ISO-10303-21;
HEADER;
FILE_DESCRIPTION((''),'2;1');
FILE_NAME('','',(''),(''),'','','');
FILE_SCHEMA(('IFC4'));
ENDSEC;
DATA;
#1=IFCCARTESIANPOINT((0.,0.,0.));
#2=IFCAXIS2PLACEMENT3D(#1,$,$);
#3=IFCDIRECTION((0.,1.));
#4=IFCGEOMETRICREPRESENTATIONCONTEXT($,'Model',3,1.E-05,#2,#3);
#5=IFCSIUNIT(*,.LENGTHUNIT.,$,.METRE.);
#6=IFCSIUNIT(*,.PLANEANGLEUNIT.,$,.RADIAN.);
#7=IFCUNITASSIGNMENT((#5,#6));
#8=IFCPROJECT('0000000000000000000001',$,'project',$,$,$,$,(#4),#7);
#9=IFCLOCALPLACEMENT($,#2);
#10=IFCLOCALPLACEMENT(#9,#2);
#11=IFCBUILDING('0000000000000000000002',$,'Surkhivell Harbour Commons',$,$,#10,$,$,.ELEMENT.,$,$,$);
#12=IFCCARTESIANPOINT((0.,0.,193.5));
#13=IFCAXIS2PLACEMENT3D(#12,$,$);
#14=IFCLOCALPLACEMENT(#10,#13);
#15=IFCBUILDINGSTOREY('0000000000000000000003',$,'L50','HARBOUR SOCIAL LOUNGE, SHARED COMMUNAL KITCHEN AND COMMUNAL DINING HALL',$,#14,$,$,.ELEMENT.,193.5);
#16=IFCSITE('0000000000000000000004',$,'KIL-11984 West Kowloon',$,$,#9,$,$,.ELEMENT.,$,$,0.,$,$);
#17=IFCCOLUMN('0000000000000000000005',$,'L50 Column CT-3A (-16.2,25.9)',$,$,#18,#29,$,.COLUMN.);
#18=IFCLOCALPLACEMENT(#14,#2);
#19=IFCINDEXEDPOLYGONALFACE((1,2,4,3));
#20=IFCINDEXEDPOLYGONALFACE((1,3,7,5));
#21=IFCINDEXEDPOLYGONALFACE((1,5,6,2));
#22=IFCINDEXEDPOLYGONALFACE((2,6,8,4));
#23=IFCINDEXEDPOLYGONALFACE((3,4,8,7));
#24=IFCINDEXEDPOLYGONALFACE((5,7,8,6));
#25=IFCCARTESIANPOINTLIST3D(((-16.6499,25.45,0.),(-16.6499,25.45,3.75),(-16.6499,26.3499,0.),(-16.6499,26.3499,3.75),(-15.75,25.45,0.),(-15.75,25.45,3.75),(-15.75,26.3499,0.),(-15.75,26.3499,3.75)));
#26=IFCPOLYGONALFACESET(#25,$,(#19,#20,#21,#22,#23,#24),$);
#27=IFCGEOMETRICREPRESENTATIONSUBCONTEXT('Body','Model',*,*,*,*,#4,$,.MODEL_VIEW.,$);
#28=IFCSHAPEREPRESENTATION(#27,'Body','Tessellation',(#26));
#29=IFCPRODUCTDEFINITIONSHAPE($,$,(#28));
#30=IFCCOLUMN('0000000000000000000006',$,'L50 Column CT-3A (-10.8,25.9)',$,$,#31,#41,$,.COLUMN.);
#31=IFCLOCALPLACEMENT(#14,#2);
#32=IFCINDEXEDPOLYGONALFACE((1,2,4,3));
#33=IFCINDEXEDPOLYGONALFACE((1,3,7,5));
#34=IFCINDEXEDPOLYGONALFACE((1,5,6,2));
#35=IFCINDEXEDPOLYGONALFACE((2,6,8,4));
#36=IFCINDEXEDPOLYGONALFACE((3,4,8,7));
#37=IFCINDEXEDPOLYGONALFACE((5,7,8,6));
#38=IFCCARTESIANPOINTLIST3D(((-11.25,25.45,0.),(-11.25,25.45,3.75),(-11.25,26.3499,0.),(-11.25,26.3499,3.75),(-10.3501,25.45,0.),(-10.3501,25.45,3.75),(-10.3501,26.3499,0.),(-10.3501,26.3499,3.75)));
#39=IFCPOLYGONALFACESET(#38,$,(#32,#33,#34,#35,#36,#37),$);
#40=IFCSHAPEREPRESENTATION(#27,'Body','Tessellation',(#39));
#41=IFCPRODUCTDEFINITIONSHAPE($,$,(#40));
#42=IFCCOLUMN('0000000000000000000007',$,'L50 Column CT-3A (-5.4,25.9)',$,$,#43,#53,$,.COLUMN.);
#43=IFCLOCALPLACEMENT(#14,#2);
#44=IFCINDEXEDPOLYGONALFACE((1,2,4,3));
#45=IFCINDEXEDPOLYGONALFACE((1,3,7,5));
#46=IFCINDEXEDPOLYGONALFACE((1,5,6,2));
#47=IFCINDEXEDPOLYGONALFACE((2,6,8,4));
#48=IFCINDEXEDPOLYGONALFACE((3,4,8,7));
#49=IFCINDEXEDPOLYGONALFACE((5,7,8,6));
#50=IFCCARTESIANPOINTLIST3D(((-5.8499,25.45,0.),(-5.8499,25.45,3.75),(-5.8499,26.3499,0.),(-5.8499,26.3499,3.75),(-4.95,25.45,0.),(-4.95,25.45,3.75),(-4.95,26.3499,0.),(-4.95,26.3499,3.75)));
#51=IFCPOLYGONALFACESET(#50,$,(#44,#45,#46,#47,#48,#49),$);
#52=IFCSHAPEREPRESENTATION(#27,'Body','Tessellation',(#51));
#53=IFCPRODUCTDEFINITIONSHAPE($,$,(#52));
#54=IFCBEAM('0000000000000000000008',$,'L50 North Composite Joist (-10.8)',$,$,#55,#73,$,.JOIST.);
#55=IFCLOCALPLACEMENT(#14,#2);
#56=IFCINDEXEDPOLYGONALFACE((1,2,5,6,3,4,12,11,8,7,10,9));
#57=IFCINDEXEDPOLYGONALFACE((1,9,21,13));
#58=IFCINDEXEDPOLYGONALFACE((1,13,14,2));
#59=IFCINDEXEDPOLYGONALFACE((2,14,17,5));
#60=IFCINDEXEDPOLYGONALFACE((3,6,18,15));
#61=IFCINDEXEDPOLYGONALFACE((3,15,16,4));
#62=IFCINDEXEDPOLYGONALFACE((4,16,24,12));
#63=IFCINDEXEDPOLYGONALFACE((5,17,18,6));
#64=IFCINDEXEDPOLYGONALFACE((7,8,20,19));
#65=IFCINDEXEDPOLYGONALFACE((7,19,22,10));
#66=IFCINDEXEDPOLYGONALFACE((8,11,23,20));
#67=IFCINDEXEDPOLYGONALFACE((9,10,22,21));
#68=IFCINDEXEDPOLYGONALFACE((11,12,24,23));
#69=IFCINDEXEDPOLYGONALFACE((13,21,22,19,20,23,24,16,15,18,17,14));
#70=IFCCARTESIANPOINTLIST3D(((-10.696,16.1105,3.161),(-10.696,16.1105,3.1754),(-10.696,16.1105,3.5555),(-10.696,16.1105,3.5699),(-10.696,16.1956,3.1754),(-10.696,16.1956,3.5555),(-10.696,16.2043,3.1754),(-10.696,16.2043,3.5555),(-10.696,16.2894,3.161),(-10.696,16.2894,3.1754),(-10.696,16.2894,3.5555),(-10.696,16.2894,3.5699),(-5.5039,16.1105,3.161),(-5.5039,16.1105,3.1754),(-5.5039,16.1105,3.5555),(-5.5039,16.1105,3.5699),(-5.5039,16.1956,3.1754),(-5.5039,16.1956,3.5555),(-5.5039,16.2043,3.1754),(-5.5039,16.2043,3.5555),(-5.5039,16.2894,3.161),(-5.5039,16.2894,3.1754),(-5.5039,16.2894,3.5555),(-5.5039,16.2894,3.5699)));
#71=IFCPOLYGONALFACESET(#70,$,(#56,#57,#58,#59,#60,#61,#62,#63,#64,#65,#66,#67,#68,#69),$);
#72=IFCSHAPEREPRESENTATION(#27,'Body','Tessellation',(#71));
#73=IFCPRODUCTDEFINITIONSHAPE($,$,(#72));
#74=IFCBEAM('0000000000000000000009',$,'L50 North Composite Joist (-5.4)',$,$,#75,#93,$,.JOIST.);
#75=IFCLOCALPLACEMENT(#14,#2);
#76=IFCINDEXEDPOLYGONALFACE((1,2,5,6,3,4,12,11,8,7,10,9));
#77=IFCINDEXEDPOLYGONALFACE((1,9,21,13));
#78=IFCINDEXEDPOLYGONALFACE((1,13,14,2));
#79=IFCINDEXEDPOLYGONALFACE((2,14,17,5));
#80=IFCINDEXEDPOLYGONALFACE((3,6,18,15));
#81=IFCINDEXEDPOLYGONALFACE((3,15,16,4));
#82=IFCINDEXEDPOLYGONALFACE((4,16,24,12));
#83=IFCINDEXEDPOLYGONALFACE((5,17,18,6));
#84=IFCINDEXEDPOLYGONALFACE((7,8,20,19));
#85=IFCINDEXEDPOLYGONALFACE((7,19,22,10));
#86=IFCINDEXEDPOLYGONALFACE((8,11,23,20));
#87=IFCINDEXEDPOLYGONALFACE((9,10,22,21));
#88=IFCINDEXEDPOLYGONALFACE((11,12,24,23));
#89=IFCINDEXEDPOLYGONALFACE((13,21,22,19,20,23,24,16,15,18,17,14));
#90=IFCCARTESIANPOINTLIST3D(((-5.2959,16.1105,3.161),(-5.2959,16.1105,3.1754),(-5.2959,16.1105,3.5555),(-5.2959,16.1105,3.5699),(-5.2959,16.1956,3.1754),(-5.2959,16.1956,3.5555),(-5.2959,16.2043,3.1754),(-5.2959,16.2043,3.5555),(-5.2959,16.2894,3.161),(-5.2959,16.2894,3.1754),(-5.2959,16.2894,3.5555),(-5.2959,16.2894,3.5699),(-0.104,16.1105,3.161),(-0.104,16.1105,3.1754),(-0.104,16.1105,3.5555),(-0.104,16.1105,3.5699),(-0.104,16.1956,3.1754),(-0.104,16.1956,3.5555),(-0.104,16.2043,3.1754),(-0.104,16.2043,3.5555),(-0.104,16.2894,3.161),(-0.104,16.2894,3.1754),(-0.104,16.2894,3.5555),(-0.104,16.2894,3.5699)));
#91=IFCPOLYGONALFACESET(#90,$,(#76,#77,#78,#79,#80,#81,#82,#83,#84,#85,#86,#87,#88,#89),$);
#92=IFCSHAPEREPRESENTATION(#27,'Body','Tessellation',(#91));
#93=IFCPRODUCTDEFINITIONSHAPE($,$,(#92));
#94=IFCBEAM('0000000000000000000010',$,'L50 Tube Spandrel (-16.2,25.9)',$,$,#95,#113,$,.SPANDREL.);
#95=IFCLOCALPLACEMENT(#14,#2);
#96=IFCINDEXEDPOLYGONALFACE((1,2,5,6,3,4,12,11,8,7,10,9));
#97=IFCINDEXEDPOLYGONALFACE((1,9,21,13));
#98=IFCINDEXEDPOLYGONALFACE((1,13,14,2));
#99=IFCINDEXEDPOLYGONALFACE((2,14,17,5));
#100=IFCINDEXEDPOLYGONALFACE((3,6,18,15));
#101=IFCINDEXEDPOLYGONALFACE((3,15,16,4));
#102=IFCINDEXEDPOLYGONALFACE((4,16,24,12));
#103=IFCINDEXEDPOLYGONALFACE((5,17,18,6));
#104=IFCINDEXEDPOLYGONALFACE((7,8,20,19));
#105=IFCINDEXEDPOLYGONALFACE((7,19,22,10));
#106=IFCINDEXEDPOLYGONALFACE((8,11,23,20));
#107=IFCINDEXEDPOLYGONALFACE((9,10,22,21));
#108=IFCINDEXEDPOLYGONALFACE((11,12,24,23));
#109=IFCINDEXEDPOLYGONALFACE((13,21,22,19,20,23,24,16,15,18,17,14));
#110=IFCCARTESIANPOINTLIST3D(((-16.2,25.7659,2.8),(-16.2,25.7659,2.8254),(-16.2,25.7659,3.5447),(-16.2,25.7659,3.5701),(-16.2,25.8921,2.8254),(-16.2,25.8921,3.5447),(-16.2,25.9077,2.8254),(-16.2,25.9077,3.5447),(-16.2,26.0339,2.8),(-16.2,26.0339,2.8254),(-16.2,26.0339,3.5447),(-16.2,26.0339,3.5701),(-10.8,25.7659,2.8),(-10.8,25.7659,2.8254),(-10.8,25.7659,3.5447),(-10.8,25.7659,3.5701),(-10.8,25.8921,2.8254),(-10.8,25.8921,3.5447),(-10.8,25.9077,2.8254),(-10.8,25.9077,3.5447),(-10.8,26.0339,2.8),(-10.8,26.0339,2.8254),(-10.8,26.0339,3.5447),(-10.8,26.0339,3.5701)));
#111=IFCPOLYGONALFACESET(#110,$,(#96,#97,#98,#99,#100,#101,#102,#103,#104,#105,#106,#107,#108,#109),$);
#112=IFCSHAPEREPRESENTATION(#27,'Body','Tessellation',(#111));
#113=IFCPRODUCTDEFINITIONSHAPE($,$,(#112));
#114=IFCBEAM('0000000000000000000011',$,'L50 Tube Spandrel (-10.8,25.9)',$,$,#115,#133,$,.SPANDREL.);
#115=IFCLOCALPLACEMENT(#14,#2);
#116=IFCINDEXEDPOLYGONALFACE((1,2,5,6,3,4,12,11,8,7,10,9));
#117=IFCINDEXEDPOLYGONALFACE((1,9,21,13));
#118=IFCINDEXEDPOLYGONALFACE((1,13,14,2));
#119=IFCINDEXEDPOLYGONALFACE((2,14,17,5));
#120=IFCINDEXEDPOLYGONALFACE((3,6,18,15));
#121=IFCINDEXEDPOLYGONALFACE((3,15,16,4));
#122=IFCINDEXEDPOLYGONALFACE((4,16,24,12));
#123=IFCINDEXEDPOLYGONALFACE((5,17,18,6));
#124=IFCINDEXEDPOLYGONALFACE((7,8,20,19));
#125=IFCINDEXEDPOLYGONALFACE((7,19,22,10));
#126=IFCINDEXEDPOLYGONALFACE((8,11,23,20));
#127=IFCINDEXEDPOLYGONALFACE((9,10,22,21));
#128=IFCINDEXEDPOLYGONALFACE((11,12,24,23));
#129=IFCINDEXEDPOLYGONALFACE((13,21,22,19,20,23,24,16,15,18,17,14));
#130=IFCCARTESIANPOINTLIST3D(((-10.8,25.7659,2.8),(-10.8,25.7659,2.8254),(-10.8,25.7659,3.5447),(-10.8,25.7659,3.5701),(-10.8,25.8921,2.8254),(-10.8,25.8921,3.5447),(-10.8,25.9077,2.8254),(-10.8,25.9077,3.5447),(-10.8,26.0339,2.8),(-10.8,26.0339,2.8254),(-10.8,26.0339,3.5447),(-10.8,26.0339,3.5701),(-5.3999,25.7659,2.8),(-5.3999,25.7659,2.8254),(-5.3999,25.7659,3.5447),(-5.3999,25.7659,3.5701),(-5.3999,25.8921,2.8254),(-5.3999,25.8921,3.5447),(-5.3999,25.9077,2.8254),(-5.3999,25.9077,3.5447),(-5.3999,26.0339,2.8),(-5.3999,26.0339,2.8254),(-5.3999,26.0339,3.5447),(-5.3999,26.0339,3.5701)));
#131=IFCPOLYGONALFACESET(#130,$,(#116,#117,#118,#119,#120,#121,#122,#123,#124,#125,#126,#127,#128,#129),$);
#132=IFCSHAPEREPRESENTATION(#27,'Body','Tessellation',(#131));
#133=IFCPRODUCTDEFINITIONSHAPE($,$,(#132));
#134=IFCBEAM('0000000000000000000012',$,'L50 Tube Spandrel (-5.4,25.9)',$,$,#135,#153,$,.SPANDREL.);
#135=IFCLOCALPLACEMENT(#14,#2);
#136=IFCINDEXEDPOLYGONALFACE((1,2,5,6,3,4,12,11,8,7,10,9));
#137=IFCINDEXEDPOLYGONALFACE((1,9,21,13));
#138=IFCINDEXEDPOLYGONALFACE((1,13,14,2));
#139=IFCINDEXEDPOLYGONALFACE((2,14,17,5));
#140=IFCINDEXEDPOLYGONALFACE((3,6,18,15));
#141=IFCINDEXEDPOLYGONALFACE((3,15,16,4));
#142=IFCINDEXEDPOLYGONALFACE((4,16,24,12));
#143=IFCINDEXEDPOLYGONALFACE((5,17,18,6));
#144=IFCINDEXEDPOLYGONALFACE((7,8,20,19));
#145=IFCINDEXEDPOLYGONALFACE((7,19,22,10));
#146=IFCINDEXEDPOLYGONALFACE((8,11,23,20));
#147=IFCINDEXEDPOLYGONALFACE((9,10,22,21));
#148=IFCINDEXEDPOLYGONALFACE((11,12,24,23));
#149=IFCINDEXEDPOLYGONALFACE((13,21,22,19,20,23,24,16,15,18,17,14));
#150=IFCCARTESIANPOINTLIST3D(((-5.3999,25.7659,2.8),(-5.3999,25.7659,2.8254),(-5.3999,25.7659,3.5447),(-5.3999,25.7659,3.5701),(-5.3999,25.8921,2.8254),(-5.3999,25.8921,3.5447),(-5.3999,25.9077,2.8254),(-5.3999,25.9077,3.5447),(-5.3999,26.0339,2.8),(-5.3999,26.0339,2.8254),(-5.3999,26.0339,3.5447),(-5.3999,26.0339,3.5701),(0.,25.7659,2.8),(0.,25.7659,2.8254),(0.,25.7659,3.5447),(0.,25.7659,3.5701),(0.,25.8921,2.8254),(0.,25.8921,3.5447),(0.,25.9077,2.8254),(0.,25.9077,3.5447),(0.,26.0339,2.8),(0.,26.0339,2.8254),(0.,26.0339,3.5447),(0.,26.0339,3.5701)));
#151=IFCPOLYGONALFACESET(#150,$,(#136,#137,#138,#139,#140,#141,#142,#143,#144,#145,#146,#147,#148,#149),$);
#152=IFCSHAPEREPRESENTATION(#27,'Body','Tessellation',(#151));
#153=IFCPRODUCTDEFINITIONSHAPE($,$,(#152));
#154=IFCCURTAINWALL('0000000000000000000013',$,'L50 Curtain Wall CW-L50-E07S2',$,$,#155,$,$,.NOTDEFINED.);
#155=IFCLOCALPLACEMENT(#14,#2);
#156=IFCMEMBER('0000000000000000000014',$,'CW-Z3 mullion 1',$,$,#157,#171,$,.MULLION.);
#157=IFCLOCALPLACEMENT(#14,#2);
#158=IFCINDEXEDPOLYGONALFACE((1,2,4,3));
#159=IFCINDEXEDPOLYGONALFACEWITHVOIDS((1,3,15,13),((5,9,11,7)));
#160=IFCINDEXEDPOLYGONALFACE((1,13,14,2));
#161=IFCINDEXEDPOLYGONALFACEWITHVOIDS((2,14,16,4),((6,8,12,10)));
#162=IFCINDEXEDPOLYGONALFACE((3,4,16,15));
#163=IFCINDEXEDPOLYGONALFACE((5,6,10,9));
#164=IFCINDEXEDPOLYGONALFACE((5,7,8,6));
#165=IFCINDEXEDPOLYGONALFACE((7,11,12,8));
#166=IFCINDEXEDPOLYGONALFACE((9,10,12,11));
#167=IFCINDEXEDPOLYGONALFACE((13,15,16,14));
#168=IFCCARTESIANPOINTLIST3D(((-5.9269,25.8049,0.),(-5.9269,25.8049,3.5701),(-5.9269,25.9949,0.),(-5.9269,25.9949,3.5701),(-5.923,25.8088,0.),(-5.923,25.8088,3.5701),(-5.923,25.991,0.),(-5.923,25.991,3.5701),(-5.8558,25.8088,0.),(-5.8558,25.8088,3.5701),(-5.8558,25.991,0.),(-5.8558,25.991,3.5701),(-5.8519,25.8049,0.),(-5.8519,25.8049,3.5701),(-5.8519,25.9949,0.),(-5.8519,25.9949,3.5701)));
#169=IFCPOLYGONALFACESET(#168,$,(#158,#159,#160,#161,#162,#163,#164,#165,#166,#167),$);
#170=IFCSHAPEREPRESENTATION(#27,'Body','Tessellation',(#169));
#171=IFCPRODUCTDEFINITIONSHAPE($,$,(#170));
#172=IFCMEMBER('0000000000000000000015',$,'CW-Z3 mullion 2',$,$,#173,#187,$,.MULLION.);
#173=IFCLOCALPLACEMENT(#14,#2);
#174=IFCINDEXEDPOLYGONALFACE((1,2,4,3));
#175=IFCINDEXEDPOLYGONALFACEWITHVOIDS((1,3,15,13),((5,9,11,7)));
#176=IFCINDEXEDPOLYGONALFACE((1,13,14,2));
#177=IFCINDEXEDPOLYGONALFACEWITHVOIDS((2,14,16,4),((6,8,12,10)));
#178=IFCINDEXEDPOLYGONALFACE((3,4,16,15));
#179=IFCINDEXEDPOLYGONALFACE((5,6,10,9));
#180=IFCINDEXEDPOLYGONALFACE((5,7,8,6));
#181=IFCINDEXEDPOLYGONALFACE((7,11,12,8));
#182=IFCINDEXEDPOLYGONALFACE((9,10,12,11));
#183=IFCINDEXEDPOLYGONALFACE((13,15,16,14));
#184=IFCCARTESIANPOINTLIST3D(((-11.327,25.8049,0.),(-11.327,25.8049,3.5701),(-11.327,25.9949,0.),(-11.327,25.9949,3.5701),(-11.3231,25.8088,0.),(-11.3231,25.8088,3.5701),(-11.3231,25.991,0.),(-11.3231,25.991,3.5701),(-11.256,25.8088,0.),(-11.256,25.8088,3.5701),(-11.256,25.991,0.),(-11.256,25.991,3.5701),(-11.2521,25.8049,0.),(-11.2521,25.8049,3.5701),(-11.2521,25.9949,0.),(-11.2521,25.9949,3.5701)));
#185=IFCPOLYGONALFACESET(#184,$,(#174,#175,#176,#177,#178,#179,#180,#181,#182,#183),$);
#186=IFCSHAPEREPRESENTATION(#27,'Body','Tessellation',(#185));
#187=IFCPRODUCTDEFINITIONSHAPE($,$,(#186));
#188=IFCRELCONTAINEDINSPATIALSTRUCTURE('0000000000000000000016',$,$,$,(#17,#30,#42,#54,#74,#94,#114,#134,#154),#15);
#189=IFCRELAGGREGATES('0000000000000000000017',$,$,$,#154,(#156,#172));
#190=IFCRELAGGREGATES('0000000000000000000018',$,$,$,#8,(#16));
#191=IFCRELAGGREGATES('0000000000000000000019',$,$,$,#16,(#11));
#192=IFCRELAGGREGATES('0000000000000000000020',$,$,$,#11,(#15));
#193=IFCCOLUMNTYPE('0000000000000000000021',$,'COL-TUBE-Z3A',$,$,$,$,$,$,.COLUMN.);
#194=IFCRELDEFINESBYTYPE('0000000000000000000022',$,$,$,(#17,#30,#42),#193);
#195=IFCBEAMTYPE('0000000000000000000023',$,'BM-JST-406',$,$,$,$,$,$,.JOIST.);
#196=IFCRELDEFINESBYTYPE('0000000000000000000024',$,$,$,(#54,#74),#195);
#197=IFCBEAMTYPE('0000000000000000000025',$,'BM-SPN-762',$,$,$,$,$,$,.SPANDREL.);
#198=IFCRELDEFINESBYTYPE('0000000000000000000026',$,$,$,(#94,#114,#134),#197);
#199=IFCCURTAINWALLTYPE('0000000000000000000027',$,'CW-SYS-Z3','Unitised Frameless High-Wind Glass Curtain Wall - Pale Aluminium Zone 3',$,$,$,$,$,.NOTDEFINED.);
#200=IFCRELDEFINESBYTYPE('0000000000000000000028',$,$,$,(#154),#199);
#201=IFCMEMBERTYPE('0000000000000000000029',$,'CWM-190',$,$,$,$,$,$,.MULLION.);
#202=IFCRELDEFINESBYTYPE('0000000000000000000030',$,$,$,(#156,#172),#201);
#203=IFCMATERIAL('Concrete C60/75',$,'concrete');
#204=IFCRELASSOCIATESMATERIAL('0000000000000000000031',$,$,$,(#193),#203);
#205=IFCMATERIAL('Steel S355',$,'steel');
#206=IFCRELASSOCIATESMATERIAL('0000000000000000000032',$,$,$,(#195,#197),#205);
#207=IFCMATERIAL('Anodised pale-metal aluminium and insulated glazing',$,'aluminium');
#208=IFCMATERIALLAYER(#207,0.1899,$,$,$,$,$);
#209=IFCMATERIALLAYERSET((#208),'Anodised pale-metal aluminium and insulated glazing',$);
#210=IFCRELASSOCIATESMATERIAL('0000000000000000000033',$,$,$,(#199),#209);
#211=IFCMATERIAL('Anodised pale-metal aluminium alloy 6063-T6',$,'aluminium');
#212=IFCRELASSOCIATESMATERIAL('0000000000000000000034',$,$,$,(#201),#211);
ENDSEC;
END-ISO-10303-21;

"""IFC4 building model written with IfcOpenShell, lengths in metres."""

from ifc_helpers import new_model, si_unit, direction, frame, origin, origin_2d, place, context, subcontext, project, spatial, rectangle, hollow_rectangle, i_section, extrude, material, layer, layer_set, material_profile, profile_set, type_object, element, aggregate, save


model = new_model("IFC4")

# Units and contexts
model_context = context("Model", 3, precision=1e-05, world=origin(), true_north=direction((0.0, 1.0)))
body_context = subcontext(model_context, "Body", "Model", "MODEL_VIEW")
ifc_project = project(units=[si_unit("LENGTHUNIT", "METRE"), si_unit("PLANEANGLEUNIT", "RADIAN")], contexts=[model_context])

# Site, building, storey
site_placement = place(None, origin())
site = spatial("IfcSite", under=ifc_project, at=site_placement, Name="KIL-11984 West Kowloon", CompositionType="ELEMENT", RefElevation=0.0)
building_placement = place(site_placement, origin())
building = spatial("IfcBuilding", under=site, at=building_placement, Name="Surkhivell Harbour Commons", CompositionType="ELEMENT")
storey_placement = place(building_placement, frame((0.0, 0.0, 193.5)))
storey = spatial("IfcBuildingStorey", under=building, at=storey_placement, Name="L50", Description="HARBOUR SOCIAL LOUNGE, SHARED COMMUNAL KITCHEN AND COMMUNAL DINING HALL", CompositionType="ELEMENT", Elevation=193.5)

# Columns
ifc_material_1 = material(Name="Concrete C60/75", Category="concrete")
ifc_material_profile_1 = material_profile(ifc_material_1, rectangle(XDim=0.8999, YDim=0.8999, at=origin_2d()), Name="RC-COL-900x900")
ifc_profile_set_1 = profile_set([ifc_material_profile_1], Name="Concrete C60/75")
column_type = type_object("IfcColumnType", Name="COL-TUBE-Z3A", PredefinedType="COLUMN", material=ifc_profile_set_1)
for number, where, z_axis, x_axis, name in (
    (1, (-16.2, 25.8999, 0.0), (0.0, 0.0, 1.0), (1.0, 0.0, 0.0), "L50 Column CT-3A (-16.2,25.9)"),
    (2, (-10.8, 25.8999, 0.0), (0.0, 0.0, 1.0), (1.0, 0.0, 0.0), "L50 Column CT-3A (-10.8,25.9)"),
    (3, (-5.3999, 25.8999, 0.0), (0.0, 0.0, 1.0), (1.0, 0.0, 0.0), "L50 Column CT-3A (-5.4,25.9)"),
):
    element("IfcColumn", number, at=place(storey_placement, frame(where, z_axis=z_axis, x_axis=x_axis)), inside=storey, type_object=column_type, Name=name, PredefinedType="COLUMN", context=body_context, shape_type="SweptSolid", body=[
        extrude(rectangle(XDim=0.8999, YDim=0.8999, at=origin_2d()), origin(), (0.0, 0.0, 1.0), 3.75),
    ])

# Beams
ifc_material_2 = material(Name="Steel S355", Category="steel")
ifc_material_profile_2 = material_profile(ifc_material_2, i_section(OverallWidth=0.179, OverallDepth=0.4089, WebThickness=0.0088, FlangeThickness=0.0144, at=origin_2d()), Name="UB406x178x67")
ifc_profile_set_2 = profile_set([ifc_material_profile_2], Name="Steel S355")
beam_type_1 = type_object("IfcBeamType", Name="BM-JST-406", PredefinedType="JOIST", material=ifc_profile_set_2)
beam_1_placement = place(storey_placement, frame((-10.696, 16.2, 3.3655), z_axis=(1.0, 0.0, 0.0), x_axis=(0.0, 1.0, 0.0)))
element("IfcBeam", 4, at=beam_1_placement, inside=storey, type_object=beam_type_1, Name="L50 North Composite Joist (-10.8)", PredefinedType="JOIST", context=body_context, shape_type="SweptSolid", body=[
    extrude(i_section(OverallWidth=0.179, OverallDepth=0.4089, WebThickness=0.0088, FlangeThickness=0.0144, at=origin_2d()), origin(), (0.0, 0.0, 1.0), 5.1921),
])
beam_2_placement = place(storey_placement, frame((-5.2959, 16.2, 3.3655), z_axis=(1.0, 0.0, 0.0), x_axis=(0.0, 1.0, 0.0)))
element("IfcBeam", 5, at=beam_2_placement, inside=storey, type_object=beam_type_1, Name="L50 North Composite Joist (-5.4)", PredefinedType="JOIST", context=body_context, shape_type="SweptSolid", body=[
    extrude(i_section(OverallWidth=0.179, OverallDepth=0.4089, WebThickness=0.0088, FlangeThickness=0.0144, at=origin_2d()), origin(), (0.0, 0.0, 1.0), 5.1919),
])
ifc_material_profile_3 = material_profile(ifc_material_2, i_section(OverallWidth=0.2681, OverallDepth=0.77, WebThickness=0.0156, FlangeThickness=0.0254, at=origin_2d()), Name="UB762x267x197")
ifc_profile_set_3 = profile_set([ifc_material_profile_3], Name="Steel S355")
beam_type_2 = type_object("IfcBeamType", Name="BM-SPN-762", PredefinedType="SPANDREL", material=ifc_profile_set_3)
beam_3_placement = place(storey_placement, frame((-16.2, 25.8999, 3.1851), z_axis=(1.0, 0.0, 0.0), x_axis=(0.0, 1.0, 0.0)))
element("IfcBeam", 6, at=beam_3_placement, inside=storey, type_object=beam_type_2, Name="L50 Tube Spandrel (-16.2,25.9)", PredefinedType="SPANDREL", context=body_context, shape_type="SweptSolid", body=[
    extrude(i_section(OverallWidth=0.2681, OverallDepth=0.77, WebThickness=0.0156, FlangeThickness=0.0254, at=origin_2d()), origin(), (0.0, 0.0, 1.0), 5.3999),
])
beam_4_placement = place(storey_placement, frame((-10.8, 25.8999, 3.1851), z_axis=(1.0, 0.0, 0.0), x_axis=(0.0, 1.0, 0.0)))
element("IfcBeam", 7, at=beam_4_placement, inside=storey, type_object=beam_type_2, Name="L50 Tube Spandrel (-10.8,25.9)", PredefinedType="SPANDREL", context=body_context, shape_type="SweptSolid", body=[
    extrude(i_section(OverallWidth=0.2681, OverallDepth=0.77, WebThickness=0.0156, FlangeThickness=0.0254, at=origin_2d()), origin(), (0.0, 0.0, 1.0), 5.4001),
])
beam_5_placement = place(storey_placement, frame((-5.3999, 25.8999, 3.1851), z_axis=(1.0, 0.0, 0.0), x_axis=(0.0, 1.0, 0.0)))
element("IfcBeam", 8, at=beam_5_placement, inside=storey, type_object=beam_type_2, Name="L50 Tube Spandrel (-5.4,25.9)", PredefinedType="SPANDREL", context=body_context, shape_type="SweptSolid", body=[
    extrude(i_section(OverallWidth=0.2681, OverallDepth=0.77, WebThickness=0.0156, FlangeThickness=0.0254, at=origin_2d()), origin(), (0.0, 0.0, 1.0), 5.3999),
])

# Curtain wall, members
ifc_material_3 = material(Name="Anodised pale-metal aluminium and insulated glazing", Category="aluminium")
ifc_layer_1 = layer(ifc_material_3, 0.1899)
ifc_layer_set_1 = layer_set([ifc_layer_1], Name="Anodised pale-metal aluminium and insulated glazing")
curtain_wall_type = type_object("IfcCurtainWallType", Name="CW-SYS-Z3", Description="Unitised Frameless High-Wind Glass Curtain Wall - Pale Aluminium Zone 3", PredefinedType="NOTDEFINED", material=ifc_layer_set_1)
curtain_wall_placement = place(storey_placement, origin())
curtain_wall = element("IfcCurtainWall", 9, at=curtain_wall_placement, inside=storey, type_object=curtain_wall_type, Name="L50 Curtain Wall CW-L50-E07S2", PredefinedType="NOTDEFINED")
ifc_material_4 = material(Name="Anodised pale-metal aluminium alloy 6063-T6", Category="aluminium")
ifc_material_profile_4 = material_profile(ifc_material_4, hollow_rectangle(XDim=0.075, YDim=0.1899, WallThickness=0.0039, at=origin_2d()), Name="ALU-MULL-75x190")
ifc_profile_set_4 = profile_set([ifc_material_profile_4], Name="Anodised pale-metal aluminium alloy 6063-T6")
member_type_1 = type_object("IfcMemberType", Name="CWM-190", PredefinedType="MULLION", material=ifc_profile_set_4)
member_1_placement = place(storey_placement, frame((-5.8894, 25.8999, 0.0), z_axis=(0.0, 0.0, 1.0), x_axis=(-1.0, 0.0, 0.0)))
member_1 = element("IfcMember", 10, at=member_1_placement, type_object=member_type_1, Name="CW-Z3 mullion 1", PredefinedType="MULLION", context=body_context, shape_type="SweptSolid", body=[
    extrude(hollow_rectangle(XDim=0.075, YDim=0.1899, WallThickness=0.0039, at=origin_2d()), origin(), (0.0, 0.0, 1.0), 3.5701),
])
member_2_placement = place(storey_placement, frame((-11.2896, 25.8999, 0.0), z_axis=(0.0, 0.0, 1.0), x_axis=(-1.0, 0.0, 0.0)))
member_2 = element("IfcMember", 11, at=member_2_placement, type_object=member_type_1, Name="CW-Z3 mullion 2", PredefinedType="MULLION", context=body_context, shape_type="SweptSolid", body=[
    extrude(hollow_rectangle(XDim=0.075, YDim=0.1899, WallThickness=0.0039, at=origin_2d()), origin(), (0.0, 0.0, 1.0), 3.5701),
])

aggregate(curtain_wall, [member_1, member_2])

save(model, "model.ifc")
